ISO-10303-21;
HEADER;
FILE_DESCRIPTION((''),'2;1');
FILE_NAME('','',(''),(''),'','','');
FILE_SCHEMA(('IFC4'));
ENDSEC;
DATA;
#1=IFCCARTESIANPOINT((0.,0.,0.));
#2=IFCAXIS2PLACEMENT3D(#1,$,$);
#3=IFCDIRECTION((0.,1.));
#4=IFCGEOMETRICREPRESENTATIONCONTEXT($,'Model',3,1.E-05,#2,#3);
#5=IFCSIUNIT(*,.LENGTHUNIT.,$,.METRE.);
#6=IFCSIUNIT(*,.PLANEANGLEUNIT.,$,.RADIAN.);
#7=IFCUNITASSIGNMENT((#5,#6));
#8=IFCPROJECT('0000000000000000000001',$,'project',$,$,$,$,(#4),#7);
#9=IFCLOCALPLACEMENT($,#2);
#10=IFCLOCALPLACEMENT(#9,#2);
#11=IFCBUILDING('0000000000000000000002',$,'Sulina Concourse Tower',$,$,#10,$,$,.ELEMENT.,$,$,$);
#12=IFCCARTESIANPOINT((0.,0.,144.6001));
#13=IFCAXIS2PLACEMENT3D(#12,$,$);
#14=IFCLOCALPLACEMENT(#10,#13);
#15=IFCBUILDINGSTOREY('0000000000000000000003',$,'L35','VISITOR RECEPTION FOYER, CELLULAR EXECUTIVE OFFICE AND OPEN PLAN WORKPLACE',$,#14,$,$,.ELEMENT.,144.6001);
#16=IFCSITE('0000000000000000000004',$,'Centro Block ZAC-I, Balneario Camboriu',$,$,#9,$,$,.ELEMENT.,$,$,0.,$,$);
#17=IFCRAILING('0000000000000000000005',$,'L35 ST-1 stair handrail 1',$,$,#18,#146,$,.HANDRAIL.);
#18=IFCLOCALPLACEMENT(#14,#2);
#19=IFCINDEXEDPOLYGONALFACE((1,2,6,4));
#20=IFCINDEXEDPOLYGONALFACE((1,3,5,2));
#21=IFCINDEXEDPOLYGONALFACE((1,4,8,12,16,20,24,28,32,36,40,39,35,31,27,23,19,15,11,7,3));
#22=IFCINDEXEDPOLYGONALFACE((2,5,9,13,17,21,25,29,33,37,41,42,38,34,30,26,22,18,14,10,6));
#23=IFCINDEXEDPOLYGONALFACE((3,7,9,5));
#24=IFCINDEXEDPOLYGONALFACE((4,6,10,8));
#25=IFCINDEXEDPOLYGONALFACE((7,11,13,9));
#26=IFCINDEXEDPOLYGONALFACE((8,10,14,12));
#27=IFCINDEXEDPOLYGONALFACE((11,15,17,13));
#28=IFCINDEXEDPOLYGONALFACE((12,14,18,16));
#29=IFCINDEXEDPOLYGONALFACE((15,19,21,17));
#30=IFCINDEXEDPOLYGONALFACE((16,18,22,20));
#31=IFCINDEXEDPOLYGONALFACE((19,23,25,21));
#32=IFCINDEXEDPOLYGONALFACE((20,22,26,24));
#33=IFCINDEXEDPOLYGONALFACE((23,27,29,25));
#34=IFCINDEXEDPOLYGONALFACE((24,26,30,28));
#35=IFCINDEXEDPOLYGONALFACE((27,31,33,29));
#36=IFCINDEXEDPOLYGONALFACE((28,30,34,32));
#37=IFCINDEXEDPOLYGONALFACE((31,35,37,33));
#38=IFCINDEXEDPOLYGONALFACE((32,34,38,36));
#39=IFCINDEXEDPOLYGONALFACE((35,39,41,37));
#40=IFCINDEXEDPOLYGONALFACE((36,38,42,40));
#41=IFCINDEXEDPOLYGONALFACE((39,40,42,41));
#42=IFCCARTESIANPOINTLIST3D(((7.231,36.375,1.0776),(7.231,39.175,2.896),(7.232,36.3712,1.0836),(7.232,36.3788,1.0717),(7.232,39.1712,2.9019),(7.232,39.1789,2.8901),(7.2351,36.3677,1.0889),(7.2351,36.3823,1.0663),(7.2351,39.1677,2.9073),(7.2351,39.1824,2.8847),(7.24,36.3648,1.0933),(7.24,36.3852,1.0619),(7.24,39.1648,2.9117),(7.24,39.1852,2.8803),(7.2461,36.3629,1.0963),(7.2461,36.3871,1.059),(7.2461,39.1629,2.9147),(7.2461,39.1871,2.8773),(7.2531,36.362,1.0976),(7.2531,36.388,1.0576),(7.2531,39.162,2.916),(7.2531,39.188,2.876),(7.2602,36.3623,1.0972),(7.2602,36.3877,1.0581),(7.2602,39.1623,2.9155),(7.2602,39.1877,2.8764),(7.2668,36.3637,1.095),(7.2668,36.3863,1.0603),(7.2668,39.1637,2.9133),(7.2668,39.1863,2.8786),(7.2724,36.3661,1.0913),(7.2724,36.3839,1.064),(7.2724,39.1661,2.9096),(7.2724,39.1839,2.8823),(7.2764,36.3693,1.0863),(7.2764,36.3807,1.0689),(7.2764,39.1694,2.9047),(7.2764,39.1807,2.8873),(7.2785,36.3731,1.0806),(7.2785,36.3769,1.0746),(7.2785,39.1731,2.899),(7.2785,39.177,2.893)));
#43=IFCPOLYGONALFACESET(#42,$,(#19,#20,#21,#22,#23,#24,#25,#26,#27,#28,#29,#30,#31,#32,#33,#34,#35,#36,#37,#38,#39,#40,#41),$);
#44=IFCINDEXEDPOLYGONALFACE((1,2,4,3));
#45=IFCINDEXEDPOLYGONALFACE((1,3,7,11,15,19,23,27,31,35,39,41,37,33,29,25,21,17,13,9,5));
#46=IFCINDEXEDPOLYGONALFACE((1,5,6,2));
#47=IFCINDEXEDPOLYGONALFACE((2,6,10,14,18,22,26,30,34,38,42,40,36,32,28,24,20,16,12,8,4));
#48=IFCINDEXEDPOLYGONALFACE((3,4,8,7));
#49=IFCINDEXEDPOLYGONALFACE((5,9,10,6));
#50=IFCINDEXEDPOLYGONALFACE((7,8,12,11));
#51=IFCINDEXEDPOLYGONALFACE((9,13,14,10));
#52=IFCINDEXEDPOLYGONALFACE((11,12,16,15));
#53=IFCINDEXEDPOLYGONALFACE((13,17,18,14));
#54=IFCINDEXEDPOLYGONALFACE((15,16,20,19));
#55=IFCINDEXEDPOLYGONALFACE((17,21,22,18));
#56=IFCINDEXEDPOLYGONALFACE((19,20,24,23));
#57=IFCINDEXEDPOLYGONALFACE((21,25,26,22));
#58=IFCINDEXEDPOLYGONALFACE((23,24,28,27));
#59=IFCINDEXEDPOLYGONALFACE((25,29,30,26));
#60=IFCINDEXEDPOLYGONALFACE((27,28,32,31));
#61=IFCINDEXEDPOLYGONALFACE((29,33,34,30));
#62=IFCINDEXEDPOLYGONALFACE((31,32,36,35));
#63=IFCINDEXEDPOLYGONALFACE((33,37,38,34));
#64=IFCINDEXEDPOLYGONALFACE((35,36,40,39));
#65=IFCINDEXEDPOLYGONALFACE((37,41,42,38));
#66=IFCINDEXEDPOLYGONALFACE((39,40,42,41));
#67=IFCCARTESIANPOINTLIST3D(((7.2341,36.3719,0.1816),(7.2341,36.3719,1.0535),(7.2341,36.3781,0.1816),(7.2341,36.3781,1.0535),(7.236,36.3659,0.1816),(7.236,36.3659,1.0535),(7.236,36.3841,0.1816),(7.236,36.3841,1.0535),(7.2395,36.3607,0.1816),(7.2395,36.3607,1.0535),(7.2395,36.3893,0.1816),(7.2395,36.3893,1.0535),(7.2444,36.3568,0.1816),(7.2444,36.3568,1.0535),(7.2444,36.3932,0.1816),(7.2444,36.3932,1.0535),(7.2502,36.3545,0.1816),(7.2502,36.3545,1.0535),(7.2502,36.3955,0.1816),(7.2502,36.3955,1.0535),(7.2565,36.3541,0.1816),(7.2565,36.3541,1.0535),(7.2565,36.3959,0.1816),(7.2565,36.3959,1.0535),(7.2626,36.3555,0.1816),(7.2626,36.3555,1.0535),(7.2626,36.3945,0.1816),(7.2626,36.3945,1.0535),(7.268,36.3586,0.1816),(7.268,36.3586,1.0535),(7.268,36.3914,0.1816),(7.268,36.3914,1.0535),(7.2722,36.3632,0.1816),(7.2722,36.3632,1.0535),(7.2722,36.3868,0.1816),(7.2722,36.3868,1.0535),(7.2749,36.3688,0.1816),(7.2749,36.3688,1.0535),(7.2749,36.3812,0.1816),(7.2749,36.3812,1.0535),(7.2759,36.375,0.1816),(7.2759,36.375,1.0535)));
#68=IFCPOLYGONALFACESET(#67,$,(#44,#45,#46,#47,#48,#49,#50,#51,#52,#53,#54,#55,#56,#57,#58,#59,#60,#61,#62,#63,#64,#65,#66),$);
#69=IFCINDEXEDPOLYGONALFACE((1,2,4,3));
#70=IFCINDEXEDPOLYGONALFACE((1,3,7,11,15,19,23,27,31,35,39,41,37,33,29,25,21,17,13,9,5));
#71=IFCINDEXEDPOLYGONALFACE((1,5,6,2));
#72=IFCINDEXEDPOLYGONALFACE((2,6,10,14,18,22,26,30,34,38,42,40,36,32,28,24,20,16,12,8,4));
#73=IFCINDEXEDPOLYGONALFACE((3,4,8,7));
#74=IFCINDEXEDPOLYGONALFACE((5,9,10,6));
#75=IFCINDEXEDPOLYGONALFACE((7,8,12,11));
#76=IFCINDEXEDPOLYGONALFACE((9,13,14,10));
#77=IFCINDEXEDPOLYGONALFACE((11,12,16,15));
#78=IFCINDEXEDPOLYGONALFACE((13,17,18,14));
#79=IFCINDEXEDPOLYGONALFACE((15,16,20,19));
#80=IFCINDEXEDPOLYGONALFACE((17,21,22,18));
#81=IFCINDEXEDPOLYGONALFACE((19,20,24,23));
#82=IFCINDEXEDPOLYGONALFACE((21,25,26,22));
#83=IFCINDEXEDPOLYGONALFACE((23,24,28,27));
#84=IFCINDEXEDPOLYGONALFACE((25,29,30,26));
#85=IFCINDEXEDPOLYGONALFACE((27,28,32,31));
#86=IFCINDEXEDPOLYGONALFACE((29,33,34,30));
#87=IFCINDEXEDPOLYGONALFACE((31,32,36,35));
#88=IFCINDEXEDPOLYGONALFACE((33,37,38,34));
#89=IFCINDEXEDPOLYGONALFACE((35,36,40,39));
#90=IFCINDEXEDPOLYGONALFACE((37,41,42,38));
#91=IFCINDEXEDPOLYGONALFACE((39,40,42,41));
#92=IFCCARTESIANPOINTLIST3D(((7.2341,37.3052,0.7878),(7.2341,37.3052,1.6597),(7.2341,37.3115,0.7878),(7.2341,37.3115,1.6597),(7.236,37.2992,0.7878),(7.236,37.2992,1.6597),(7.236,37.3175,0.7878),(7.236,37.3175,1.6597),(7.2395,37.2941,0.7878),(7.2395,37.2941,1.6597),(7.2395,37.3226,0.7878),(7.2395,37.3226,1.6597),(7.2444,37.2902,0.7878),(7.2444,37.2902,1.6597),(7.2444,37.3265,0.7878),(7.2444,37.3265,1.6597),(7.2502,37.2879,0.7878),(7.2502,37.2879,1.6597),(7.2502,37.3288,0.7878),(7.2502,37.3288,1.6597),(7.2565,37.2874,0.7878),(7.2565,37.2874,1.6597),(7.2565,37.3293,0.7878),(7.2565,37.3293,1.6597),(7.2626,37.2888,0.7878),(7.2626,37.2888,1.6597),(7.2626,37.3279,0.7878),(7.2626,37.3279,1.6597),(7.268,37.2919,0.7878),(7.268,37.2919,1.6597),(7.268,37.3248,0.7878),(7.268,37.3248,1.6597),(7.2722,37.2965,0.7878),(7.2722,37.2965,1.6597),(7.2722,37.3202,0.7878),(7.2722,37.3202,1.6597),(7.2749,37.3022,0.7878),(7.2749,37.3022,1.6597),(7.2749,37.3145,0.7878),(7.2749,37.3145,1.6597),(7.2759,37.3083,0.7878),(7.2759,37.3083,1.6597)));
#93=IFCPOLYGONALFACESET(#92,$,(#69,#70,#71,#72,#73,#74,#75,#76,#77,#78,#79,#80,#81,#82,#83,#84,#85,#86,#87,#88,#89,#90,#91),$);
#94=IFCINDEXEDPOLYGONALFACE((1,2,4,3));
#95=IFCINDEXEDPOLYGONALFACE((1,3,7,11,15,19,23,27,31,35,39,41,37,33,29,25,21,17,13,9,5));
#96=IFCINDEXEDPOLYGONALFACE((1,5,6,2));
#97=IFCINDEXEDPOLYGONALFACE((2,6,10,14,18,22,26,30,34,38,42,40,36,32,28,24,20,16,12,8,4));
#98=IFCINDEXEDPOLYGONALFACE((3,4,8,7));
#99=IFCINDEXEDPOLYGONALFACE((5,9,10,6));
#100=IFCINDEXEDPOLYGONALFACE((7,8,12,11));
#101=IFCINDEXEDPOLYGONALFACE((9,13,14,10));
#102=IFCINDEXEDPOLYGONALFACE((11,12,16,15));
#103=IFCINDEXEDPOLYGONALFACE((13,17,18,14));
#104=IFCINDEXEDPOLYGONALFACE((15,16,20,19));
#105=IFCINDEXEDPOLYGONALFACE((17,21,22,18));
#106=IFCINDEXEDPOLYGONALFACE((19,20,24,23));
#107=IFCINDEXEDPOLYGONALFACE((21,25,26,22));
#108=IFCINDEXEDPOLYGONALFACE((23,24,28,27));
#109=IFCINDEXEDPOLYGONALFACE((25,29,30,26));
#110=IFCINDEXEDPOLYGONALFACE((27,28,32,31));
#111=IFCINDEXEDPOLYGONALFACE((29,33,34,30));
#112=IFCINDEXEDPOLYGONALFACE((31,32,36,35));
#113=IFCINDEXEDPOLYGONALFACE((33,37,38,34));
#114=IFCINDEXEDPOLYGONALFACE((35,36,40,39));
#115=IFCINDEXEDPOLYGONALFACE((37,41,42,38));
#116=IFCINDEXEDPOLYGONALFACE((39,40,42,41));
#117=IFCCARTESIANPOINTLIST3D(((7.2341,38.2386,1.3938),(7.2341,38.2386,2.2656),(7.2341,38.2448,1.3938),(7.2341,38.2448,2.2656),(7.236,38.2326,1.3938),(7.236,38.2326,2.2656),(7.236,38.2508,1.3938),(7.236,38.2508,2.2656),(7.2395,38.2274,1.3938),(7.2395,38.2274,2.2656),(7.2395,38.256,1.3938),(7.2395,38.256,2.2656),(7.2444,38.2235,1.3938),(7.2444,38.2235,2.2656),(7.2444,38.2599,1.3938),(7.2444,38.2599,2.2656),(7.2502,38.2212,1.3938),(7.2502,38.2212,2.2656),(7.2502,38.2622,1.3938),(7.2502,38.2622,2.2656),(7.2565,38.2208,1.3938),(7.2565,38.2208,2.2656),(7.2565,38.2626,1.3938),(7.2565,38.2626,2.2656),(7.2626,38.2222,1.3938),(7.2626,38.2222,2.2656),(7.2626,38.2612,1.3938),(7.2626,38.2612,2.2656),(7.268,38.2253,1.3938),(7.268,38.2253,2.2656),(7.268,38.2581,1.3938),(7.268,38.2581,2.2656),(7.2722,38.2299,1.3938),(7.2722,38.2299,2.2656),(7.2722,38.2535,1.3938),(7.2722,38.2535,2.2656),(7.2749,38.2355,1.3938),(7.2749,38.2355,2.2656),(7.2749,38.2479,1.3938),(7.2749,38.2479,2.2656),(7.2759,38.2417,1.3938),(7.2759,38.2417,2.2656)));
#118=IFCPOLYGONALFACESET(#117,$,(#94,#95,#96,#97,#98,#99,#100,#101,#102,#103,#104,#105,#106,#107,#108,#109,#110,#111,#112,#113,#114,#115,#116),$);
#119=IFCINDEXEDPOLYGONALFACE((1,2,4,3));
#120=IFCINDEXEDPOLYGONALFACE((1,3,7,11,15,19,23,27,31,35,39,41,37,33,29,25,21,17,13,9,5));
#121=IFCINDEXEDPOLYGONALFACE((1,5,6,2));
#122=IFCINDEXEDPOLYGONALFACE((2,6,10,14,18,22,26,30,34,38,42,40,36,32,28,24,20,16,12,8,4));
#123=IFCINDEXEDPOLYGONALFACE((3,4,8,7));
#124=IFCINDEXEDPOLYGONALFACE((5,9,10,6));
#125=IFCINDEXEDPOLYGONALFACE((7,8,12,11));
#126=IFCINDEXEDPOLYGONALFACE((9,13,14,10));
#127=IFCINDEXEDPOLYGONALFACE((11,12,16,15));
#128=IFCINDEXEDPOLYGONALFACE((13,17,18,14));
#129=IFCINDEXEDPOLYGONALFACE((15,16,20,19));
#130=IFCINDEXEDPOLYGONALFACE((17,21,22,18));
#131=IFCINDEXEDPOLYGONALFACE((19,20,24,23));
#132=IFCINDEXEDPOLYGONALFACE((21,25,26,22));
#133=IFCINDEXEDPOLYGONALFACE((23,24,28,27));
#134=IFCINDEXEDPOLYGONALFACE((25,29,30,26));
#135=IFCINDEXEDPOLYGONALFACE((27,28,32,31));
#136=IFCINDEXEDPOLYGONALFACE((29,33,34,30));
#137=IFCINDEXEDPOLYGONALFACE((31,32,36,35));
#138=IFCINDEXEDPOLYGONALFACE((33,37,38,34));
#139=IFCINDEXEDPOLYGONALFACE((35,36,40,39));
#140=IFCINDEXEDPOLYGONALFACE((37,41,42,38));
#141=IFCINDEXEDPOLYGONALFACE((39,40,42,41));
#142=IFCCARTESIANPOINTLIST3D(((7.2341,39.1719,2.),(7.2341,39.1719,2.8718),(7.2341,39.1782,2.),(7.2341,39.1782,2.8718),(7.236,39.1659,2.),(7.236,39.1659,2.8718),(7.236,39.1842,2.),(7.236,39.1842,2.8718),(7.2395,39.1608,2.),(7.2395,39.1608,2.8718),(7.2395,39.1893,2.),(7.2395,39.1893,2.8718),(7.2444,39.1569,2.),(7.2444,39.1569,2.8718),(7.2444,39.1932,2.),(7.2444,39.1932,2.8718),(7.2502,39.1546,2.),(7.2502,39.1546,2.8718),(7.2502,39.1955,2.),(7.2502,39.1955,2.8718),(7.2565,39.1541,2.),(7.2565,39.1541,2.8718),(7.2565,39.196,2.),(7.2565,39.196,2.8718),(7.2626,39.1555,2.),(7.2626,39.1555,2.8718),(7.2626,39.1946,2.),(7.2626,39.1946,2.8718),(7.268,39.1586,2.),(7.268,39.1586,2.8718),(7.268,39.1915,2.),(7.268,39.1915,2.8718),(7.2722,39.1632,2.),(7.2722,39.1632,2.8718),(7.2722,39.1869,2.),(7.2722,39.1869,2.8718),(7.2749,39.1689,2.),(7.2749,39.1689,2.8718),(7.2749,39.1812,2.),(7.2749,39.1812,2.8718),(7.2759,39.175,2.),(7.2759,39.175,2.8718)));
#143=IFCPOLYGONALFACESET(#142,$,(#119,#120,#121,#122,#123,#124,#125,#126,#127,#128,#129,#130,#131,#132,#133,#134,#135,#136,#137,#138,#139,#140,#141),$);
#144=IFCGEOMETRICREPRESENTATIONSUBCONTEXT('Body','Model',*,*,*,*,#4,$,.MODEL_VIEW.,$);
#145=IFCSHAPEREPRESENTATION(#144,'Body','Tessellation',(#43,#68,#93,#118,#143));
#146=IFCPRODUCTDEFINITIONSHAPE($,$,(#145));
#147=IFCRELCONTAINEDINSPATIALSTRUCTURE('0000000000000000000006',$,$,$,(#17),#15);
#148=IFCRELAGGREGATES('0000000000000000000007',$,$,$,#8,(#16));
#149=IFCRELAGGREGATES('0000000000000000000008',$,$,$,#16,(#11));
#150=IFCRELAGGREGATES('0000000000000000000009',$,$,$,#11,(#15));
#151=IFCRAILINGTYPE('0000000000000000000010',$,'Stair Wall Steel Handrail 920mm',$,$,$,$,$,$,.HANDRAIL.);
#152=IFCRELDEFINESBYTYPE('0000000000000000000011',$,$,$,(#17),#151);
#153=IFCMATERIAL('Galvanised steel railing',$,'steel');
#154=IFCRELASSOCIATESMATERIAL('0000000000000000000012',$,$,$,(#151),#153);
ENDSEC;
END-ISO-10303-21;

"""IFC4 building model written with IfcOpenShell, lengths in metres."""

from ifc_helpers import new_model, si_unit, direction, frame, origin, origin_2d, place, context, subcontext, project, spatial, circle, extrude, material, type_object, element, save


model = new_model("IFC4")

# Units and contexts
model_context = context("Model", 3, precision=1e-05, world=origin(), true_north=direction((0.0, 1.0)))
body_context = subcontext(model_context, "Body", "Model", "MODEL_VIEW")
ifc_project = project(units=[si_unit("LENGTHUNIT", "METRE"), si_unit("PLANEANGLEUNIT", "RADIAN")], contexts=[model_context])

# Site, building, storey
site_placement = place(None, origin())
site = spatial("IfcSite", under=ifc_project, at=site_placement, Name="Centro Block ZAC-I, Balneario Camboriu", CompositionType="ELEMENT", RefElevation=0.0)
building_placement = place(site_placement, origin())
building = spatial("IfcBuilding", under=site, at=building_placement, Name="Sulina Concourse Tower", CompositionType="ELEMENT")
storey_placement = place(building_placement, frame((0.0, 0.0, 144.6001)))
storey = spatial("IfcBuildingStorey", under=building, at=storey_placement, Name="L35", Description="VISITOR RECEPTION FOYER, CELLULAR EXECUTIVE OFFICE AND OPEN PLAN WORKPLACE", CompositionType="ELEMENT", Elevation=144.6001)

# Railing
ifc_material_1 = material(Name="Galvanised steel railing", Category="steel")
railing_type_1 = type_object("IfcRailingType", Name="Stair Wall Steel Handrail 920mm", PredefinedType="HANDRAIL", material=ifc_material_1)
railing_1_placement = place(storey_placement, frame((7.2549, 36.375, 0.1816)))
element("IfcRailing", 1, at=railing_1_placement, inside=storey, type_object=railing_type_1, Name="L35 ST-1 stair handrail 1", PredefinedType="HANDRAIL", context=body_context, shape_type="SweptSolid", body=[
    extrude(circle(Radius=0.0239, at=origin_2d()), frame((0.0, 0.0, 0.896), z_axis=(0.0, 0.838672, 0.544636), x_axis=(-1.0, 0.0, 0.0)), (0.0, 0.0, 1.0), 3.3386),
    extrude(circle(Radius=0.021, at=origin_2d()), origin(), (0.0, 0.0, 1.0), 0.8718),
    extrude(circle(Radius=0.021, at=origin_2d()), frame((0.0, 0.9333, 0.6062)), (0.0, 0.0, 1.0), 0.8718),
    extrude(circle(Radius=0.021, at=origin_2d()), frame((0.0, 1.8667, 1.2122)), (0.0, 0.0, 1.0), 0.8718),
    extrude(circle(Radius=0.021, at=origin_2d()), frame((0.0, 2.8, 1.8184)), (0.0, 0.0, 1.0), 0.8718),
])

save(model, "model.ifc")
